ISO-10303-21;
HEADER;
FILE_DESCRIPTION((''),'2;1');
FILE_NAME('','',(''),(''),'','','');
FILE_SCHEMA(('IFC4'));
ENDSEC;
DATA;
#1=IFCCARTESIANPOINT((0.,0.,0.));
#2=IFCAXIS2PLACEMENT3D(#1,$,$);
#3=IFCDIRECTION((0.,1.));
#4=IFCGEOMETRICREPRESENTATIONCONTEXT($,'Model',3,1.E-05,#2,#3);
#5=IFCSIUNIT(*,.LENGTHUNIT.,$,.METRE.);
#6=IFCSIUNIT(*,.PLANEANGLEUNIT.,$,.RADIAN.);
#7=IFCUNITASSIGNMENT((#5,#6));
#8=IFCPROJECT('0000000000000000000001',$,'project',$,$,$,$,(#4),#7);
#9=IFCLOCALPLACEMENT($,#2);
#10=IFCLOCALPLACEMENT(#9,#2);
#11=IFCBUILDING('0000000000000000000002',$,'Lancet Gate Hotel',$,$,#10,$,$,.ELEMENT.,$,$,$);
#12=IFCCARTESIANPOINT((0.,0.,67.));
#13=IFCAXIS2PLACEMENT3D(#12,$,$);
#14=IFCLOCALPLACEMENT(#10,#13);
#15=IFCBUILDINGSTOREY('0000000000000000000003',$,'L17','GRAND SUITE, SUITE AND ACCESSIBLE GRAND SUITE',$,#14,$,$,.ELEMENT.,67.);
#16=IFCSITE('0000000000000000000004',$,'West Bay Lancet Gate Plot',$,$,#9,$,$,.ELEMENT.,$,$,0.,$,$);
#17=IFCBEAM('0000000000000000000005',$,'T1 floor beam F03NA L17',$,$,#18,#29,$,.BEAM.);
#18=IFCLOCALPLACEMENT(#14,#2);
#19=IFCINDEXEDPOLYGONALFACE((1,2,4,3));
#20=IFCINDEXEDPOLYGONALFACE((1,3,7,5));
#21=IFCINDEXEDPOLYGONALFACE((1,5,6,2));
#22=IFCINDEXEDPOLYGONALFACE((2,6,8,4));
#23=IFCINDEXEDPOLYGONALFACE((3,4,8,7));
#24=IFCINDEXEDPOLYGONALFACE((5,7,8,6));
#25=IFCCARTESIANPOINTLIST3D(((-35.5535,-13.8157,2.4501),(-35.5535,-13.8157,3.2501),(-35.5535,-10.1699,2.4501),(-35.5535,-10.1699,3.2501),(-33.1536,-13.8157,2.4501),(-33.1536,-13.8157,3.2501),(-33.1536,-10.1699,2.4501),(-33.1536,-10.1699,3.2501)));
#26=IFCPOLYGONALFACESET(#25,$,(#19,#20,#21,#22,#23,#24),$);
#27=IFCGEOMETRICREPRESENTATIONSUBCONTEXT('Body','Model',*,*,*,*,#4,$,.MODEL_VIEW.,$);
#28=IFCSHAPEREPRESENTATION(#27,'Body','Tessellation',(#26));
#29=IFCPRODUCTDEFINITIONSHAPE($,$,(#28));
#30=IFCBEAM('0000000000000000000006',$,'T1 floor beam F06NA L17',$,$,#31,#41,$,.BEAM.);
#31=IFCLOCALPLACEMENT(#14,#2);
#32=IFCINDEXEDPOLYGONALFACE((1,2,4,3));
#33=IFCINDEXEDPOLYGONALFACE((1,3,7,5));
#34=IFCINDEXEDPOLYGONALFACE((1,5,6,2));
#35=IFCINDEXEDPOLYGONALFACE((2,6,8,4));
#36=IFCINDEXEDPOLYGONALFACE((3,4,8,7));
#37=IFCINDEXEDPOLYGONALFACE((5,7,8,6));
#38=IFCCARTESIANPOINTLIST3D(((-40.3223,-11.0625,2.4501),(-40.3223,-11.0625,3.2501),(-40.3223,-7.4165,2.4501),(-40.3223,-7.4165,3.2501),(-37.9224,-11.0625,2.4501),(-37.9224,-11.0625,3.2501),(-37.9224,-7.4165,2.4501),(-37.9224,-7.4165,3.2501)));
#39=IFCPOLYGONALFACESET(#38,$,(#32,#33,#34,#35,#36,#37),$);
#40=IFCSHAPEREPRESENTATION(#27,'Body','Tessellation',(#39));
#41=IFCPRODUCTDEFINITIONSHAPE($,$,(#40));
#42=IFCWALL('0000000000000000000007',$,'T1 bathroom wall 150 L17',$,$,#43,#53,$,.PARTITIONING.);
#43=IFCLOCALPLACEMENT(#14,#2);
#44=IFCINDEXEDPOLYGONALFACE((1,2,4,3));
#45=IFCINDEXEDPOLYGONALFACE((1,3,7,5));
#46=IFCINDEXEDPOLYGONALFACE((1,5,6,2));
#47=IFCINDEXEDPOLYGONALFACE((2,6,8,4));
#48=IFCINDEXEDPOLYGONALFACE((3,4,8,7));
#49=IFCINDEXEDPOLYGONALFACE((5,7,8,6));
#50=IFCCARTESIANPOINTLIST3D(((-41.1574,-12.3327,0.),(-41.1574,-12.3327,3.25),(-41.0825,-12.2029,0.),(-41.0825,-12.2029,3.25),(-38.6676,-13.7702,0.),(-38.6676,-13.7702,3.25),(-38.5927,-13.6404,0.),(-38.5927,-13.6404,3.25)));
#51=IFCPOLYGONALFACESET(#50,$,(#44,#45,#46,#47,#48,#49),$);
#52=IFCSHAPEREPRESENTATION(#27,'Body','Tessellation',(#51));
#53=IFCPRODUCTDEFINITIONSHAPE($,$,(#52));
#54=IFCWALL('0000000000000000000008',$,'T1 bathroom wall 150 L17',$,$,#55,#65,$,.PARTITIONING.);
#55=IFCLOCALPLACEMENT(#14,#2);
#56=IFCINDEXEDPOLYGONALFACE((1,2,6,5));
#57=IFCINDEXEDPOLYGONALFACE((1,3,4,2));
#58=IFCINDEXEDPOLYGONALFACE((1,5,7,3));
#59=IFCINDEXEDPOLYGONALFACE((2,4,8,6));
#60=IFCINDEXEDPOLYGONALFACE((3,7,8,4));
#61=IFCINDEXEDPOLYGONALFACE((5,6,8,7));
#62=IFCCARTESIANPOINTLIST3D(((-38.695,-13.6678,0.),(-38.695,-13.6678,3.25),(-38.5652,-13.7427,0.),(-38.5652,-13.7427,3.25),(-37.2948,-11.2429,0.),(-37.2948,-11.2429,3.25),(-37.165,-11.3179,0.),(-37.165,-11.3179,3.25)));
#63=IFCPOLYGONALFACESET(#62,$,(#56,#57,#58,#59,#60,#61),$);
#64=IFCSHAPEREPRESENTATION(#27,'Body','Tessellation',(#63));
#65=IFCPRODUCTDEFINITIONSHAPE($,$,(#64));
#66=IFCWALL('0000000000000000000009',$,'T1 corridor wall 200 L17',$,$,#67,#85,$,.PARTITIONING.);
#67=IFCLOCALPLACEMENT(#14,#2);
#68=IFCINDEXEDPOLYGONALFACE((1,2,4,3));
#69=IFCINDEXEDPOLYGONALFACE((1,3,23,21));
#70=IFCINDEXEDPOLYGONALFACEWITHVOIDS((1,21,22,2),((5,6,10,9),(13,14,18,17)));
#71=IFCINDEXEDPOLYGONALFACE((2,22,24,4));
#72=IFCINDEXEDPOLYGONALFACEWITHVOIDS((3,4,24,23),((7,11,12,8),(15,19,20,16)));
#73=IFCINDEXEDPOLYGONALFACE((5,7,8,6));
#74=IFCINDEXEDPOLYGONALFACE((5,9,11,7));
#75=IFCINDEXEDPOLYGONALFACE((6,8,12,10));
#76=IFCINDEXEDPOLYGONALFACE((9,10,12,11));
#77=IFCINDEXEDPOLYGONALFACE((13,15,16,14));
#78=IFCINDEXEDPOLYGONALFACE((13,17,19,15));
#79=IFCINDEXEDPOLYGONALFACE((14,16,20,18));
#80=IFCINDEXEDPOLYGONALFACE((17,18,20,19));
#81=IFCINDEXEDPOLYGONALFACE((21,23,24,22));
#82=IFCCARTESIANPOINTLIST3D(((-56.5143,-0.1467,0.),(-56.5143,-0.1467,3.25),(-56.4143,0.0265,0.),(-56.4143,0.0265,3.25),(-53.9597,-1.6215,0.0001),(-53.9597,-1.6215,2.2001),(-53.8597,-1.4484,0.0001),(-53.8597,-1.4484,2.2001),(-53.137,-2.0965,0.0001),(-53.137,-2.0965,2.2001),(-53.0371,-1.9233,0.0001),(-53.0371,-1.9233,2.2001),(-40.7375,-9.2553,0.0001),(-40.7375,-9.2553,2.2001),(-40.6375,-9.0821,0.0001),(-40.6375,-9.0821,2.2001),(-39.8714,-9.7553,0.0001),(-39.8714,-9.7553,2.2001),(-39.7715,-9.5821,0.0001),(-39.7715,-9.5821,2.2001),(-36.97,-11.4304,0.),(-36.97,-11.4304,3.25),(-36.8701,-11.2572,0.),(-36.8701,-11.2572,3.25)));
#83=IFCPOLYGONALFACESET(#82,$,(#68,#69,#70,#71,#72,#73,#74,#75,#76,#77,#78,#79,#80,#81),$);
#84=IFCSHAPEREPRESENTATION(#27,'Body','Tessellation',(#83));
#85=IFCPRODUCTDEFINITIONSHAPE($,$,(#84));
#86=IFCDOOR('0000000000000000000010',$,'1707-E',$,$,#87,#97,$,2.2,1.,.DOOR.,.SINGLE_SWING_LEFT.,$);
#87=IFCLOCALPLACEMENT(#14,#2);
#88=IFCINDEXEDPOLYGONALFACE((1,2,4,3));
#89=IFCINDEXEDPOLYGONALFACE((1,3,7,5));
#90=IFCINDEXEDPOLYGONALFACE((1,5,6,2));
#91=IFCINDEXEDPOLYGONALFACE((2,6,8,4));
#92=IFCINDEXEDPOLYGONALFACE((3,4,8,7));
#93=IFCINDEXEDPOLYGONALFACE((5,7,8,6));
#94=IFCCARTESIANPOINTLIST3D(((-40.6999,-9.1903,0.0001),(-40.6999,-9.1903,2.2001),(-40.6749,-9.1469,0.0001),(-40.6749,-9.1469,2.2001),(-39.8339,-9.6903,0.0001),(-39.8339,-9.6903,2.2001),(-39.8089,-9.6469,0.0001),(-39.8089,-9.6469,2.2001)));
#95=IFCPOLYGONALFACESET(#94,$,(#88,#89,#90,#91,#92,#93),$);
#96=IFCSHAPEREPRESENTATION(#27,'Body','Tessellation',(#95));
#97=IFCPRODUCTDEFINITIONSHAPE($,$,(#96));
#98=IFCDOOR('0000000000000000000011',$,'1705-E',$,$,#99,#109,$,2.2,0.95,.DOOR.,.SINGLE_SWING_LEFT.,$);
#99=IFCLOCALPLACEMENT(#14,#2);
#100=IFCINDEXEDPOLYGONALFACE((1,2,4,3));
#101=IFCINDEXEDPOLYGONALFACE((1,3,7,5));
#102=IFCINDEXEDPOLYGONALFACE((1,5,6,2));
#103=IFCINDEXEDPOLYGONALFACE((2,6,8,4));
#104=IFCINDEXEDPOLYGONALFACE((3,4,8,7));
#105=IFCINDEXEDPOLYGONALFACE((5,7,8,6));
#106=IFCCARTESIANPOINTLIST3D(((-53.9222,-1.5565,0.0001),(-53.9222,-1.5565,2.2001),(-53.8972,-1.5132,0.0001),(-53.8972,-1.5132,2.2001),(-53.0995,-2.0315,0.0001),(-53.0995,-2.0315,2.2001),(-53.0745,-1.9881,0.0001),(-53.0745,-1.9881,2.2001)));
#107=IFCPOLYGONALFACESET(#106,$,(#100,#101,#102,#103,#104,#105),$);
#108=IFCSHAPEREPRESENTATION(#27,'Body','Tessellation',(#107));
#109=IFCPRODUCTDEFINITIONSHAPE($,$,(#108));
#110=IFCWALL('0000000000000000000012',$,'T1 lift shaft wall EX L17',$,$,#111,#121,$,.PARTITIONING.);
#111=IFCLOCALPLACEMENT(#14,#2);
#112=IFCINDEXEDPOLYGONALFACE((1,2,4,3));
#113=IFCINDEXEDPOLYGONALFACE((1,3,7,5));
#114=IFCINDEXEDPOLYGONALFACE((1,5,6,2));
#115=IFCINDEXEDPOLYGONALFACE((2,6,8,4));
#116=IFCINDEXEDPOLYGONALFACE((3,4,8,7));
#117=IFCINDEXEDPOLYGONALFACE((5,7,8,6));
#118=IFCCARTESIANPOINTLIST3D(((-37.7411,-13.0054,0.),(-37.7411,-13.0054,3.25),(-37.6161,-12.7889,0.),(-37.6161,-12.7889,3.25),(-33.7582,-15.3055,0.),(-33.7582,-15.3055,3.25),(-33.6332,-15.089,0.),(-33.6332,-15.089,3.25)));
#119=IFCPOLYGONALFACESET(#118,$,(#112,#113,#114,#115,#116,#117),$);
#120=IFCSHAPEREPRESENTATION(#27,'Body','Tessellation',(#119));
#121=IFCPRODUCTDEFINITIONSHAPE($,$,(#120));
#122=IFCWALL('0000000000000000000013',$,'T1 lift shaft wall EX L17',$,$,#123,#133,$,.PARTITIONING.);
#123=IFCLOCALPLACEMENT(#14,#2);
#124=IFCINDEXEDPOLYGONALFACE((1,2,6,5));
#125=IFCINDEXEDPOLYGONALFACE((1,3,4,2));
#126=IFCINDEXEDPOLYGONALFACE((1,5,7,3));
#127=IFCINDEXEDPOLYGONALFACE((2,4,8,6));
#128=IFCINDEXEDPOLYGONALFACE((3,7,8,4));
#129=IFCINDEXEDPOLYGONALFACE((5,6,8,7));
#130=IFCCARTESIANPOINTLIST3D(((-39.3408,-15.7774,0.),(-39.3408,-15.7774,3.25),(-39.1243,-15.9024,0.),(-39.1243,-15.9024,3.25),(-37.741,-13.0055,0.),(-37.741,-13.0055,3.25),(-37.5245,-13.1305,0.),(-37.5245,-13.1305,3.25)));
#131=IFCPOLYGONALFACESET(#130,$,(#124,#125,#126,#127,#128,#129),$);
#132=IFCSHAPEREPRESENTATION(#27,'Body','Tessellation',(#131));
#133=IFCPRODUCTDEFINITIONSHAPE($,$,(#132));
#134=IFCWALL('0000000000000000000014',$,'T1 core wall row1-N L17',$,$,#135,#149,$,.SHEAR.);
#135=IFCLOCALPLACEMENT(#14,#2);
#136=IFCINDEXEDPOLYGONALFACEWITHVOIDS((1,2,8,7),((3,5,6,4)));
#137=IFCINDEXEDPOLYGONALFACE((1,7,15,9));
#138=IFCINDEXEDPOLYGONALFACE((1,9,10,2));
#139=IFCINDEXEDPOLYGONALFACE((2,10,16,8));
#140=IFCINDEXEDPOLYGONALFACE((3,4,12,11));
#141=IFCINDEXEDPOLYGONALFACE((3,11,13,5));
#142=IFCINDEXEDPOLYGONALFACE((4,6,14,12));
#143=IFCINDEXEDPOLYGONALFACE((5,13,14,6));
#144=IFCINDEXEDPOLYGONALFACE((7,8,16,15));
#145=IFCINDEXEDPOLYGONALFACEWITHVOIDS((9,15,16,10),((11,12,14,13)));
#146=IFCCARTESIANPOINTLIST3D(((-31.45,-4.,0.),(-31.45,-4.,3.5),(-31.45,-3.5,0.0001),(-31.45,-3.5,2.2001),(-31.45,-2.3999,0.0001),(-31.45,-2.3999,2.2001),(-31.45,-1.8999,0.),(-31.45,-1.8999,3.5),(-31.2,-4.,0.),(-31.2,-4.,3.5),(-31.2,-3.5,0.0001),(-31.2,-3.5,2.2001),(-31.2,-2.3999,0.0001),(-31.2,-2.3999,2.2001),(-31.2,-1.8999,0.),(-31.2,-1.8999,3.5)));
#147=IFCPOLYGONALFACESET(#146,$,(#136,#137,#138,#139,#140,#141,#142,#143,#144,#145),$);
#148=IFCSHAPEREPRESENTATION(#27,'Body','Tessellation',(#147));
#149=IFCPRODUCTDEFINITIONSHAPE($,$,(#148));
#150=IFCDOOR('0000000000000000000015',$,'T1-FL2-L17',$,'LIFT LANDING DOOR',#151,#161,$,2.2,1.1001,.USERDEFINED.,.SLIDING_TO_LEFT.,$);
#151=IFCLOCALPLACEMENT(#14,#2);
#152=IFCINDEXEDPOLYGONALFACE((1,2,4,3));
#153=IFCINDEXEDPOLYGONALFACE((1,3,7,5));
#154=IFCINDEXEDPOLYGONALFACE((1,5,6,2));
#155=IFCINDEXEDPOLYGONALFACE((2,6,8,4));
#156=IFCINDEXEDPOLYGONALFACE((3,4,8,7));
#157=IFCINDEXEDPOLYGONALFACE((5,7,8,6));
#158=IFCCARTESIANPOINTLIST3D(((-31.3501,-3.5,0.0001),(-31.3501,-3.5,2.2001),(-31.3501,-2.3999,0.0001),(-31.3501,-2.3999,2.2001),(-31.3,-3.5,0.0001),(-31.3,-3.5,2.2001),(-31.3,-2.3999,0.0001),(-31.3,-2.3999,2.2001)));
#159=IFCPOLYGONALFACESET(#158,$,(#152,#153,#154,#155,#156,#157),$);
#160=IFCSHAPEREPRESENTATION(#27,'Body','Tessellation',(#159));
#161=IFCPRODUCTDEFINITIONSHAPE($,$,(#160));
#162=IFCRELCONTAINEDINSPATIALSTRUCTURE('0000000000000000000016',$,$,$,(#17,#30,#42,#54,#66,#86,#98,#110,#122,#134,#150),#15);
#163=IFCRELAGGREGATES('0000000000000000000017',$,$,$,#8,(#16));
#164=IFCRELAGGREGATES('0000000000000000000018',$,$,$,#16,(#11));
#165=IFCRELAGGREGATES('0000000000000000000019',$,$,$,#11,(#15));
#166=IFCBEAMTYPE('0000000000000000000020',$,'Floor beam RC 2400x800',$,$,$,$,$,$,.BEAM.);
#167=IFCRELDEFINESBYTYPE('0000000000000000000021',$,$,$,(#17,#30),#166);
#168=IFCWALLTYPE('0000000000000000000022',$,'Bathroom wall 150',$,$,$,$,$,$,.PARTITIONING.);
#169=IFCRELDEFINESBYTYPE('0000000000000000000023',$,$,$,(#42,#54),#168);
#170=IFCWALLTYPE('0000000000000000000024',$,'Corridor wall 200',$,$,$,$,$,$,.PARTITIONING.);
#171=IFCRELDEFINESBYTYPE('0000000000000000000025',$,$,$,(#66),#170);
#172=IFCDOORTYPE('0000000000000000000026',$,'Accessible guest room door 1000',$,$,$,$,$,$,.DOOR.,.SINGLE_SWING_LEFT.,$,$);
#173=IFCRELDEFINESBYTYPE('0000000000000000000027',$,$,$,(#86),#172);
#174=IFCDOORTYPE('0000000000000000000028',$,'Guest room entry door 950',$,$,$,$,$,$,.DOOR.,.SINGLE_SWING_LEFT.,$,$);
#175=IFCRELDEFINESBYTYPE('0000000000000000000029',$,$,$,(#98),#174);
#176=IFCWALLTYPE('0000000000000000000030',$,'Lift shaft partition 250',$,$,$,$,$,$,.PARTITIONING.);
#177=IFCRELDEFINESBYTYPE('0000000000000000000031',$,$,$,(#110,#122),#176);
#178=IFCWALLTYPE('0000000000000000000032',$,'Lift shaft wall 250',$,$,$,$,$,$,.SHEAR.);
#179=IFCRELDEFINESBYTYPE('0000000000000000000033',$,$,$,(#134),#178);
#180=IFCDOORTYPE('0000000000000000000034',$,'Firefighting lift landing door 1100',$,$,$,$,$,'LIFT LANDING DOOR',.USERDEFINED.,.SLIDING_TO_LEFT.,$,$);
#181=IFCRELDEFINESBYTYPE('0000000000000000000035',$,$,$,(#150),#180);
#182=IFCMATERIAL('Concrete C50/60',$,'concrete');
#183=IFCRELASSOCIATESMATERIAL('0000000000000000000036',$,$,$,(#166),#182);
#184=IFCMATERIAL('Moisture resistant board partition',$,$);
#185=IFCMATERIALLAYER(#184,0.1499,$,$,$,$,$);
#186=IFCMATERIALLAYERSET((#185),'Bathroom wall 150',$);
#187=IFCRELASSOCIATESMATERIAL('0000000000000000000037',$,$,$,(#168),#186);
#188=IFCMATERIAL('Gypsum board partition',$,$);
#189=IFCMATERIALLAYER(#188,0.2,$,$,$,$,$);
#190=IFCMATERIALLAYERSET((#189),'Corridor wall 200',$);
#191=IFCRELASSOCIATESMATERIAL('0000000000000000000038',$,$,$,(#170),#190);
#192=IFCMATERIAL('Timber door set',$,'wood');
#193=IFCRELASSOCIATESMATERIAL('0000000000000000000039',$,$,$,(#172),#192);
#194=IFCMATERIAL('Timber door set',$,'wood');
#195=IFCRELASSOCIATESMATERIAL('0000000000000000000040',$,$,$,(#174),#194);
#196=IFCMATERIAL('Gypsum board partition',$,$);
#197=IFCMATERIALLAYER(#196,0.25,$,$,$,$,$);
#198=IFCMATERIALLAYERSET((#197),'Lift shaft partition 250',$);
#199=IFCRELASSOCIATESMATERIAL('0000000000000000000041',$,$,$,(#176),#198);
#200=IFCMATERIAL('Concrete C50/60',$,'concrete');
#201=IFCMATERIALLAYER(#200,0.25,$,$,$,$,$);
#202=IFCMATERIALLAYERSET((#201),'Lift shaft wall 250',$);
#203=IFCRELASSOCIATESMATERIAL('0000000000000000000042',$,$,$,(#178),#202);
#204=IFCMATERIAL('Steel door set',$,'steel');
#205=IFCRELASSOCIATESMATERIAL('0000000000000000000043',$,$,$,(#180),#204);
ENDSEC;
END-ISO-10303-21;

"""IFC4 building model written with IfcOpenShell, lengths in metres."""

from ifc_helpers import new_model, si_unit, direction, frame, frame_2d, origin, origin_2d, place, context, subcontext, project, spatial, rectangle, extrude, material, layer, layer_set, material_profile, profile_set, type_object, element, fill, save


model = new_model("IFC4")

# Units and contexts
model_context = context("Model", 3, precision=1e-05, world=origin(), true_north=direction((0.0, 1.0)))
body_context = subcontext(model_context, "Body", "Model", "MODEL_VIEW")
ifc_project = project(units=[si_unit("LENGTHUNIT", "METRE"), si_unit("PLANEANGLEUNIT", "RADIAN")], contexts=[model_context])

# Site, building, storey
site_placement = place(None, origin())
site = spatial("IfcSite", under=ifc_project, at=site_placement, Name="West Bay Lancet Gate Plot", CompositionType="ELEMENT", RefElevation=0.0)
building_placement = place(site_placement, origin())
building = spatial("IfcBuilding", under=site, at=building_placement, Name="Lancet Gate Hotel", CompositionType="ELEMENT")
storey_placement = place(building_placement, frame((0.0, 0.0, 67.0)))
storey = spatial("IfcBuildingStorey", under=building, at=storey_placement, Name="L17", Description="GRAND SUITE, SUITE AND ACCESSIBLE GRAND SUITE", CompositionType="ELEMENT", Elevation=67.0)

# Beams
ifc_material_1 = material(Name="Concrete C50/60", Category="concrete")
ifc_material_profile = material_profile(ifc_material_1, rectangle(XDim=2.3999, YDim=0.8, at=origin_2d()), Name="RC 2400x800")
ifc_profile_set = profile_set([ifc_material_profile], Name="Concrete C50/60")
beam_type = type_object("IfcBeamType", Name="Floor beam RC 2400x800", PredefinedType="BEAM", material=ifc_profile_set)
beam_1_placement = place(storey_placement, frame((-34.3535, -10.1699, 2.8501), z_axis=(0.0, -1.0, 0.0), x_axis=(1.0, 0.0, 0.0)))
element("IfcBeam", 1, at=beam_1_placement, inside=storey, type_object=beam_type, Name="T1 floor beam F03NA L17", PredefinedType="BEAM", context=body_context, shape_type="SweptSolid", body=[
    extrude(rectangle(XDim=2.3999, YDim=0.8, at=origin_2d()), origin(), (0.0, 0.0, 1.0), 3.6458),
])
beam_2_placement = place(storey_placement, frame((-39.1223, -7.4165, 2.8501), z_axis=(0.0, -1.0, 0.0), x_axis=(1.0, 0.0, 0.0)))
element("IfcBeam", 2, at=beam_2_placement, inside=storey, type_object=beam_type, Name="T1 floor beam F06NA L17", PredefinedType="BEAM", context=body_context, shape_type="SweptSolid", body=[
    extrude(rectangle(XDim=2.3999, YDim=0.8, at=origin_2d()), origin(), (0.0, 0.0, 1.0), 3.646),
])

# Walls
ifc_material_2 = material(Name="Moisture resistant board partition")
ifc_layer_1 = layer(ifc_material_2, 0.1499)
ifc_layer_set_1 = layer_set([ifc_layer_1], Name="Bathroom wall 150")
wall_type_1 = type_object("IfcWallType", Name="Bathroom wall 150", PredefinedType="PARTITIONING", material=ifc_layer_set_1)
wall_1_placement = place(storey_placement, frame((-38.6301, -13.7053, 0.0), z_axis=(0.0, 0.0, 1.0), x_axis=(-0.866019, 0.500012, 0.0)))
element("IfcWall", 3, at=wall_1_placement, inside=storey, type_object=wall_type_1, Name="T1 bathroom wall 150 L17", PredefinedType="PARTITIONING", context=body_context, shape_type="SweptSolid", body=[
    extrude(rectangle(XDim=2.875, YDim=0.1499, at=frame_2d((1.4375, 0.0))), origin(), (0.0, 0.0, 1.0), 3.25),
])
wall_2_placement = place(storey_placement, frame((-37.23, -11.2805, 0.0), z_axis=(0.0, 0.0, 1.0), x_axis=(-0.50005, -0.865997, 0.0)))
element("IfcWall", 4, at=wall_2_placement, inside=storey, type_object=wall_type_1, Name="T1 bathroom wall 150 L17", PredefinedType="PARTITIONING", context=body_context, shape_type="SweptSolid", body=[
    extrude(rectangle(XDim=2.8, YDim=0.1499, at=frame_2d((1.3999, 0.0))), origin(), (0.0, 0.0, 1.0), 3.25),
])

# Wall, openings, doors
ifc_material_3 = material(Name="Gypsum board partition")
ifc_layer_2 = layer(ifc_material_3, 0.2)
ifc_layer_set_2 = layer_set([ifc_layer_2], Name="Corridor wall 200")
wall_type_2 = type_object("IfcWallType", Name="Corridor wall 200", PredefinedType="PARTITIONING", material=ifc_layer_set_2)
wall_3_placement = place(storey_placement, frame((-36.9202, -11.3438, 0.0), z_axis=(0.0, 0.0, 1.0), x_axis=(-0.866028, 0.499995, 0.0)))
wall_3 = element("IfcWall", 5, at=wall_3_placement, inside=storey, type_object=wall_type_2, Name="T1 corridor wall 200 L17", PredefinedType="PARTITIONING", context=body_context, shape_type="SweptSolid", body=[
    extrude(rectangle(XDim=22.5676, YDim=0.2, at=frame_2d((11.2837, 0.0))), origin(), (0.0, 0.0, 1.0), 3.25),
])
opening_1_placement = place(wall_3_placement, frame((18.6677, 0.0, 0.0)))
opening_1 = element("IfcOpeningElement", 6, at=opening_1_placement, cuts=wall_3, PredefinedType="OPENING", context=body_context, shape_type="SweptSolid", body=[
    extrude(rectangle(XDim=0.95, YDim=2.2, at=frame_2d((0.4751, 1.1001))), frame((0.0, 0.1099, 0.0), z_axis=(0.0, -1.0, 0.0), x_axis=(1.0, 0.0, 0.0)), (0.0, 0.0, 1.0), 0.22),
])
opening_2_placement = place(wall_3_placement, frame((3.3501, 0.0, 0.0)))
opening_2 = element("IfcOpeningElement", 7, at=opening_2_placement, cuts=wall_3, PredefinedType="OPENING", context=body_context, shape_type="SweptSolid", body=[
    extrude(rectangle(XDim=1.0, YDim=2.2, at=frame_2d((0.5, 1.1001))), frame((0.0, 0.1099, 0.0), z_axis=(0.0, -1.0, 0.0), x_axis=(1.0, 0.0, 0.0)), (0.0, 0.0, 1.0), 0.22),
])
ifc_material_4 = material(Name="Timber door set", Category="wood")
door_type_1 = type_object("IfcDoorType", Name="Accessible guest room door 1000", OperationType="SINGLE_SWING_LEFT", PredefinedType="DOOR", material=ifc_material_4)
door_1_placement = place(opening_2_placement, origin())
door_1 = element("IfcDoor", 8, at=door_1_placement, inside=storey, type_object=door_type_1, Name="1707-E", OperationType="SINGLE_SWING_LEFT", OverallHeight=2.2, OverallWidth=1.0, PredefinedType="DOOR", context=body_context, shape_type="SweptSolid", body=[
    extrude(rectangle(XDim=1.0, YDim=2.2, at=frame_2d((0.5, 1.1001))), frame((0.0, 0.0249, 0.0), z_axis=(0.0, -1.0, 0.0), x_axis=(1.0, 0.0, 0.0)), (0.0, 0.0, 1.0), 0.05),
])
fill(opening_2, door_1)
ifc_material_5 = material(Name="Timber door set", Category="wood")
door_type_2 = type_object("IfcDoorType", Name="Guest room entry door 950", OperationType="SINGLE_SWING_LEFT", PredefinedType="DOOR", material=ifc_material_5)
door_2_placement = place(opening_1_placement, origin())
door_2 = element("IfcDoor", 9, at=door_2_placement, inside=storey, type_object=door_type_2, Name="1705-E", OperationType="SINGLE_SWING_LEFT", OverallHeight=2.2, OverallWidth=0.95, PredefinedType="DOOR", context=body_context, shape_type="SweptSolid", body=[
    extrude(rectangle(XDim=0.95, YDim=2.2, at=frame_2d((0.4751, 1.1001))), frame((0.0, 0.0249, 0.0), z_axis=(0.0, -1.0, 0.0), x_axis=(1.0, 0.0, 0.0)), (0.0, 0.0, 1.0), 0.05),
])
fill(opening_1, door_2)

# Walls
ifc_material_6 = material(Name="Gypsum board partition")
ifc_layer_3 = layer(ifc_material_6, 0.25)
ifc_layer_set_3 = layer_set([ifc_layer_3], Name="Lift shaft partition 250")
wall_type_3 = type_object("IfcWallType", Name="Lift shaft partition 250", PredefinedType="PARTITIONING", material=ifc_layer_set_3)
wall_4_placement = place(storey_placement, frame((-33.6956, -15.1973, 0.0), z_axis=(0.0, 0.0, 1.0), x_axis=(-0.865977, 0.500084, 0.0)))
element("IfcWall", 10, at=wall_4_placement, inside=storey, type_object=wall_type_3, Name="T1 lift shaft wall EX L17", PredefinedType="PARTITIONING", context=body_context, shape_type="SweptSolid", body=[
    extrude(rectangle(XDim=4.5994, YDim=0.25, at=frame_2d((2.2998, 0.0))), origin(), (0.0, 0.0, 1.0), 3.25),
])
wall_5_placement = place(storey_placement, frame((-37.6328, -13.0681, 0.0), z_axis=(0.0, 0.0, 1.0), x_axis=(-0.499872, -0.866099, 0.0)))
element("IfcWall", 11, at=wall_5_placement, inside=storey, type_object=wall_type_3, Name="T1 lift shaft wall EX L17", PredefinedType="PARTITIONING", context=body_context, shape_type="SweptSolid", body=[
    extrude(rectangle(XDim=3.2004, YDim=0.25, at=frame_2d((1.6001, 0.0))), origin(), (0.0, 0.0, 1.0), 3.25),
])

# Wall, opening, door
ifc_material_7 = material(Name="Concrete C50/60", Category="concrete")
ifc_layer_4 = layer(ifc_material_7, 0.25)
ifc_layer_set_4 = layer_set([ifc_layer_4], Name="Lift shaft wall 250")
wall_type_4 = type_object("IfcWallType", Name="Lift shaft wall 250", PredefinedType="SHEAR", material=ifc_layer_set_4)
wall_6_placement = place(storey_placement, frame((-31.325, -1.8999, 0.0), z_axis=(0.0, 0.0, 1.0), x_axis=(0.0, -1.0, 0.0)))
wall_6 = element("IfcWall", 12, at=wall_6_placement, inside=storey, type_object=wall_type_4, Name="T1 core wall row1-N L17", PredefinedType="SHEAR", context=body_context, shape_type="SweptSolid", body=[
    extrude(rectangle(XDim=2.1001, YDim=0.25, at=frame_2d((1.05, 0.0))), origin(), (0.0, 0.0, 1.0), 3.5),
])
opening_3_placement = place(wall_6_placement, frame((0.5, 0.0, 0.0)))
opening_3 = element("IfcOpeningElement", 13, at=opening_3_placement, cuts=wall_6, PredefinedType="OPENING", context=body_context, shape_type="SweptSolid", body=[
    extrude(rectangle(XDim=1.1001, YDim=2.2, at=frame_2d((0.55, 1.1001))), frame((0.0, 0.135, 0.0), z_axis=(0.0, -1.0, 0.0), x_axis=(1.0, 0.0, 0.0)), (0.0, 0.0, 1.0), 0.27),
])
ifc_material_8 = material(Name="Steel door set", Category="steel")
door_type_3 = type_object("IfcDoorType", Name="Firefighting lift landing door 1100", ElementType="LIFT LANDING DOOR", OperationType="SLIDING_TO_LEFT", PredefinedType="USERDEFINED", material=ifc_material_8)
door_3_placement = place(opening_3_placement, origin())
door_3 = element("IfcDoor", 14, at=door_3_placement, inside=storey, type_object=door_type_3, Name="T1-FL2-L17", ObjectType="LIFT LANDING DOOR", OperationType="SLIDING_TO_LEFT", OverallHeight=2.2, OverallWidth=1.1001, PredefinedType="USERDEFINED", context=body_context, shape_type="SweptSolid", body=[
    extrude(rectangle(XDim=1.1001, YDim=2.2, at=frame_2d((0.55, 1.1001))), frame((0.0, 0.0249, 0.0), z_axis=(0.0, -1.0, 0.0), x_axis=(1.0, 0.0, 0.0)), (0.0, 0.0, 1.0), 0.05),
])
fill(opening_3, door_3)

save(model, "model.ifc")
